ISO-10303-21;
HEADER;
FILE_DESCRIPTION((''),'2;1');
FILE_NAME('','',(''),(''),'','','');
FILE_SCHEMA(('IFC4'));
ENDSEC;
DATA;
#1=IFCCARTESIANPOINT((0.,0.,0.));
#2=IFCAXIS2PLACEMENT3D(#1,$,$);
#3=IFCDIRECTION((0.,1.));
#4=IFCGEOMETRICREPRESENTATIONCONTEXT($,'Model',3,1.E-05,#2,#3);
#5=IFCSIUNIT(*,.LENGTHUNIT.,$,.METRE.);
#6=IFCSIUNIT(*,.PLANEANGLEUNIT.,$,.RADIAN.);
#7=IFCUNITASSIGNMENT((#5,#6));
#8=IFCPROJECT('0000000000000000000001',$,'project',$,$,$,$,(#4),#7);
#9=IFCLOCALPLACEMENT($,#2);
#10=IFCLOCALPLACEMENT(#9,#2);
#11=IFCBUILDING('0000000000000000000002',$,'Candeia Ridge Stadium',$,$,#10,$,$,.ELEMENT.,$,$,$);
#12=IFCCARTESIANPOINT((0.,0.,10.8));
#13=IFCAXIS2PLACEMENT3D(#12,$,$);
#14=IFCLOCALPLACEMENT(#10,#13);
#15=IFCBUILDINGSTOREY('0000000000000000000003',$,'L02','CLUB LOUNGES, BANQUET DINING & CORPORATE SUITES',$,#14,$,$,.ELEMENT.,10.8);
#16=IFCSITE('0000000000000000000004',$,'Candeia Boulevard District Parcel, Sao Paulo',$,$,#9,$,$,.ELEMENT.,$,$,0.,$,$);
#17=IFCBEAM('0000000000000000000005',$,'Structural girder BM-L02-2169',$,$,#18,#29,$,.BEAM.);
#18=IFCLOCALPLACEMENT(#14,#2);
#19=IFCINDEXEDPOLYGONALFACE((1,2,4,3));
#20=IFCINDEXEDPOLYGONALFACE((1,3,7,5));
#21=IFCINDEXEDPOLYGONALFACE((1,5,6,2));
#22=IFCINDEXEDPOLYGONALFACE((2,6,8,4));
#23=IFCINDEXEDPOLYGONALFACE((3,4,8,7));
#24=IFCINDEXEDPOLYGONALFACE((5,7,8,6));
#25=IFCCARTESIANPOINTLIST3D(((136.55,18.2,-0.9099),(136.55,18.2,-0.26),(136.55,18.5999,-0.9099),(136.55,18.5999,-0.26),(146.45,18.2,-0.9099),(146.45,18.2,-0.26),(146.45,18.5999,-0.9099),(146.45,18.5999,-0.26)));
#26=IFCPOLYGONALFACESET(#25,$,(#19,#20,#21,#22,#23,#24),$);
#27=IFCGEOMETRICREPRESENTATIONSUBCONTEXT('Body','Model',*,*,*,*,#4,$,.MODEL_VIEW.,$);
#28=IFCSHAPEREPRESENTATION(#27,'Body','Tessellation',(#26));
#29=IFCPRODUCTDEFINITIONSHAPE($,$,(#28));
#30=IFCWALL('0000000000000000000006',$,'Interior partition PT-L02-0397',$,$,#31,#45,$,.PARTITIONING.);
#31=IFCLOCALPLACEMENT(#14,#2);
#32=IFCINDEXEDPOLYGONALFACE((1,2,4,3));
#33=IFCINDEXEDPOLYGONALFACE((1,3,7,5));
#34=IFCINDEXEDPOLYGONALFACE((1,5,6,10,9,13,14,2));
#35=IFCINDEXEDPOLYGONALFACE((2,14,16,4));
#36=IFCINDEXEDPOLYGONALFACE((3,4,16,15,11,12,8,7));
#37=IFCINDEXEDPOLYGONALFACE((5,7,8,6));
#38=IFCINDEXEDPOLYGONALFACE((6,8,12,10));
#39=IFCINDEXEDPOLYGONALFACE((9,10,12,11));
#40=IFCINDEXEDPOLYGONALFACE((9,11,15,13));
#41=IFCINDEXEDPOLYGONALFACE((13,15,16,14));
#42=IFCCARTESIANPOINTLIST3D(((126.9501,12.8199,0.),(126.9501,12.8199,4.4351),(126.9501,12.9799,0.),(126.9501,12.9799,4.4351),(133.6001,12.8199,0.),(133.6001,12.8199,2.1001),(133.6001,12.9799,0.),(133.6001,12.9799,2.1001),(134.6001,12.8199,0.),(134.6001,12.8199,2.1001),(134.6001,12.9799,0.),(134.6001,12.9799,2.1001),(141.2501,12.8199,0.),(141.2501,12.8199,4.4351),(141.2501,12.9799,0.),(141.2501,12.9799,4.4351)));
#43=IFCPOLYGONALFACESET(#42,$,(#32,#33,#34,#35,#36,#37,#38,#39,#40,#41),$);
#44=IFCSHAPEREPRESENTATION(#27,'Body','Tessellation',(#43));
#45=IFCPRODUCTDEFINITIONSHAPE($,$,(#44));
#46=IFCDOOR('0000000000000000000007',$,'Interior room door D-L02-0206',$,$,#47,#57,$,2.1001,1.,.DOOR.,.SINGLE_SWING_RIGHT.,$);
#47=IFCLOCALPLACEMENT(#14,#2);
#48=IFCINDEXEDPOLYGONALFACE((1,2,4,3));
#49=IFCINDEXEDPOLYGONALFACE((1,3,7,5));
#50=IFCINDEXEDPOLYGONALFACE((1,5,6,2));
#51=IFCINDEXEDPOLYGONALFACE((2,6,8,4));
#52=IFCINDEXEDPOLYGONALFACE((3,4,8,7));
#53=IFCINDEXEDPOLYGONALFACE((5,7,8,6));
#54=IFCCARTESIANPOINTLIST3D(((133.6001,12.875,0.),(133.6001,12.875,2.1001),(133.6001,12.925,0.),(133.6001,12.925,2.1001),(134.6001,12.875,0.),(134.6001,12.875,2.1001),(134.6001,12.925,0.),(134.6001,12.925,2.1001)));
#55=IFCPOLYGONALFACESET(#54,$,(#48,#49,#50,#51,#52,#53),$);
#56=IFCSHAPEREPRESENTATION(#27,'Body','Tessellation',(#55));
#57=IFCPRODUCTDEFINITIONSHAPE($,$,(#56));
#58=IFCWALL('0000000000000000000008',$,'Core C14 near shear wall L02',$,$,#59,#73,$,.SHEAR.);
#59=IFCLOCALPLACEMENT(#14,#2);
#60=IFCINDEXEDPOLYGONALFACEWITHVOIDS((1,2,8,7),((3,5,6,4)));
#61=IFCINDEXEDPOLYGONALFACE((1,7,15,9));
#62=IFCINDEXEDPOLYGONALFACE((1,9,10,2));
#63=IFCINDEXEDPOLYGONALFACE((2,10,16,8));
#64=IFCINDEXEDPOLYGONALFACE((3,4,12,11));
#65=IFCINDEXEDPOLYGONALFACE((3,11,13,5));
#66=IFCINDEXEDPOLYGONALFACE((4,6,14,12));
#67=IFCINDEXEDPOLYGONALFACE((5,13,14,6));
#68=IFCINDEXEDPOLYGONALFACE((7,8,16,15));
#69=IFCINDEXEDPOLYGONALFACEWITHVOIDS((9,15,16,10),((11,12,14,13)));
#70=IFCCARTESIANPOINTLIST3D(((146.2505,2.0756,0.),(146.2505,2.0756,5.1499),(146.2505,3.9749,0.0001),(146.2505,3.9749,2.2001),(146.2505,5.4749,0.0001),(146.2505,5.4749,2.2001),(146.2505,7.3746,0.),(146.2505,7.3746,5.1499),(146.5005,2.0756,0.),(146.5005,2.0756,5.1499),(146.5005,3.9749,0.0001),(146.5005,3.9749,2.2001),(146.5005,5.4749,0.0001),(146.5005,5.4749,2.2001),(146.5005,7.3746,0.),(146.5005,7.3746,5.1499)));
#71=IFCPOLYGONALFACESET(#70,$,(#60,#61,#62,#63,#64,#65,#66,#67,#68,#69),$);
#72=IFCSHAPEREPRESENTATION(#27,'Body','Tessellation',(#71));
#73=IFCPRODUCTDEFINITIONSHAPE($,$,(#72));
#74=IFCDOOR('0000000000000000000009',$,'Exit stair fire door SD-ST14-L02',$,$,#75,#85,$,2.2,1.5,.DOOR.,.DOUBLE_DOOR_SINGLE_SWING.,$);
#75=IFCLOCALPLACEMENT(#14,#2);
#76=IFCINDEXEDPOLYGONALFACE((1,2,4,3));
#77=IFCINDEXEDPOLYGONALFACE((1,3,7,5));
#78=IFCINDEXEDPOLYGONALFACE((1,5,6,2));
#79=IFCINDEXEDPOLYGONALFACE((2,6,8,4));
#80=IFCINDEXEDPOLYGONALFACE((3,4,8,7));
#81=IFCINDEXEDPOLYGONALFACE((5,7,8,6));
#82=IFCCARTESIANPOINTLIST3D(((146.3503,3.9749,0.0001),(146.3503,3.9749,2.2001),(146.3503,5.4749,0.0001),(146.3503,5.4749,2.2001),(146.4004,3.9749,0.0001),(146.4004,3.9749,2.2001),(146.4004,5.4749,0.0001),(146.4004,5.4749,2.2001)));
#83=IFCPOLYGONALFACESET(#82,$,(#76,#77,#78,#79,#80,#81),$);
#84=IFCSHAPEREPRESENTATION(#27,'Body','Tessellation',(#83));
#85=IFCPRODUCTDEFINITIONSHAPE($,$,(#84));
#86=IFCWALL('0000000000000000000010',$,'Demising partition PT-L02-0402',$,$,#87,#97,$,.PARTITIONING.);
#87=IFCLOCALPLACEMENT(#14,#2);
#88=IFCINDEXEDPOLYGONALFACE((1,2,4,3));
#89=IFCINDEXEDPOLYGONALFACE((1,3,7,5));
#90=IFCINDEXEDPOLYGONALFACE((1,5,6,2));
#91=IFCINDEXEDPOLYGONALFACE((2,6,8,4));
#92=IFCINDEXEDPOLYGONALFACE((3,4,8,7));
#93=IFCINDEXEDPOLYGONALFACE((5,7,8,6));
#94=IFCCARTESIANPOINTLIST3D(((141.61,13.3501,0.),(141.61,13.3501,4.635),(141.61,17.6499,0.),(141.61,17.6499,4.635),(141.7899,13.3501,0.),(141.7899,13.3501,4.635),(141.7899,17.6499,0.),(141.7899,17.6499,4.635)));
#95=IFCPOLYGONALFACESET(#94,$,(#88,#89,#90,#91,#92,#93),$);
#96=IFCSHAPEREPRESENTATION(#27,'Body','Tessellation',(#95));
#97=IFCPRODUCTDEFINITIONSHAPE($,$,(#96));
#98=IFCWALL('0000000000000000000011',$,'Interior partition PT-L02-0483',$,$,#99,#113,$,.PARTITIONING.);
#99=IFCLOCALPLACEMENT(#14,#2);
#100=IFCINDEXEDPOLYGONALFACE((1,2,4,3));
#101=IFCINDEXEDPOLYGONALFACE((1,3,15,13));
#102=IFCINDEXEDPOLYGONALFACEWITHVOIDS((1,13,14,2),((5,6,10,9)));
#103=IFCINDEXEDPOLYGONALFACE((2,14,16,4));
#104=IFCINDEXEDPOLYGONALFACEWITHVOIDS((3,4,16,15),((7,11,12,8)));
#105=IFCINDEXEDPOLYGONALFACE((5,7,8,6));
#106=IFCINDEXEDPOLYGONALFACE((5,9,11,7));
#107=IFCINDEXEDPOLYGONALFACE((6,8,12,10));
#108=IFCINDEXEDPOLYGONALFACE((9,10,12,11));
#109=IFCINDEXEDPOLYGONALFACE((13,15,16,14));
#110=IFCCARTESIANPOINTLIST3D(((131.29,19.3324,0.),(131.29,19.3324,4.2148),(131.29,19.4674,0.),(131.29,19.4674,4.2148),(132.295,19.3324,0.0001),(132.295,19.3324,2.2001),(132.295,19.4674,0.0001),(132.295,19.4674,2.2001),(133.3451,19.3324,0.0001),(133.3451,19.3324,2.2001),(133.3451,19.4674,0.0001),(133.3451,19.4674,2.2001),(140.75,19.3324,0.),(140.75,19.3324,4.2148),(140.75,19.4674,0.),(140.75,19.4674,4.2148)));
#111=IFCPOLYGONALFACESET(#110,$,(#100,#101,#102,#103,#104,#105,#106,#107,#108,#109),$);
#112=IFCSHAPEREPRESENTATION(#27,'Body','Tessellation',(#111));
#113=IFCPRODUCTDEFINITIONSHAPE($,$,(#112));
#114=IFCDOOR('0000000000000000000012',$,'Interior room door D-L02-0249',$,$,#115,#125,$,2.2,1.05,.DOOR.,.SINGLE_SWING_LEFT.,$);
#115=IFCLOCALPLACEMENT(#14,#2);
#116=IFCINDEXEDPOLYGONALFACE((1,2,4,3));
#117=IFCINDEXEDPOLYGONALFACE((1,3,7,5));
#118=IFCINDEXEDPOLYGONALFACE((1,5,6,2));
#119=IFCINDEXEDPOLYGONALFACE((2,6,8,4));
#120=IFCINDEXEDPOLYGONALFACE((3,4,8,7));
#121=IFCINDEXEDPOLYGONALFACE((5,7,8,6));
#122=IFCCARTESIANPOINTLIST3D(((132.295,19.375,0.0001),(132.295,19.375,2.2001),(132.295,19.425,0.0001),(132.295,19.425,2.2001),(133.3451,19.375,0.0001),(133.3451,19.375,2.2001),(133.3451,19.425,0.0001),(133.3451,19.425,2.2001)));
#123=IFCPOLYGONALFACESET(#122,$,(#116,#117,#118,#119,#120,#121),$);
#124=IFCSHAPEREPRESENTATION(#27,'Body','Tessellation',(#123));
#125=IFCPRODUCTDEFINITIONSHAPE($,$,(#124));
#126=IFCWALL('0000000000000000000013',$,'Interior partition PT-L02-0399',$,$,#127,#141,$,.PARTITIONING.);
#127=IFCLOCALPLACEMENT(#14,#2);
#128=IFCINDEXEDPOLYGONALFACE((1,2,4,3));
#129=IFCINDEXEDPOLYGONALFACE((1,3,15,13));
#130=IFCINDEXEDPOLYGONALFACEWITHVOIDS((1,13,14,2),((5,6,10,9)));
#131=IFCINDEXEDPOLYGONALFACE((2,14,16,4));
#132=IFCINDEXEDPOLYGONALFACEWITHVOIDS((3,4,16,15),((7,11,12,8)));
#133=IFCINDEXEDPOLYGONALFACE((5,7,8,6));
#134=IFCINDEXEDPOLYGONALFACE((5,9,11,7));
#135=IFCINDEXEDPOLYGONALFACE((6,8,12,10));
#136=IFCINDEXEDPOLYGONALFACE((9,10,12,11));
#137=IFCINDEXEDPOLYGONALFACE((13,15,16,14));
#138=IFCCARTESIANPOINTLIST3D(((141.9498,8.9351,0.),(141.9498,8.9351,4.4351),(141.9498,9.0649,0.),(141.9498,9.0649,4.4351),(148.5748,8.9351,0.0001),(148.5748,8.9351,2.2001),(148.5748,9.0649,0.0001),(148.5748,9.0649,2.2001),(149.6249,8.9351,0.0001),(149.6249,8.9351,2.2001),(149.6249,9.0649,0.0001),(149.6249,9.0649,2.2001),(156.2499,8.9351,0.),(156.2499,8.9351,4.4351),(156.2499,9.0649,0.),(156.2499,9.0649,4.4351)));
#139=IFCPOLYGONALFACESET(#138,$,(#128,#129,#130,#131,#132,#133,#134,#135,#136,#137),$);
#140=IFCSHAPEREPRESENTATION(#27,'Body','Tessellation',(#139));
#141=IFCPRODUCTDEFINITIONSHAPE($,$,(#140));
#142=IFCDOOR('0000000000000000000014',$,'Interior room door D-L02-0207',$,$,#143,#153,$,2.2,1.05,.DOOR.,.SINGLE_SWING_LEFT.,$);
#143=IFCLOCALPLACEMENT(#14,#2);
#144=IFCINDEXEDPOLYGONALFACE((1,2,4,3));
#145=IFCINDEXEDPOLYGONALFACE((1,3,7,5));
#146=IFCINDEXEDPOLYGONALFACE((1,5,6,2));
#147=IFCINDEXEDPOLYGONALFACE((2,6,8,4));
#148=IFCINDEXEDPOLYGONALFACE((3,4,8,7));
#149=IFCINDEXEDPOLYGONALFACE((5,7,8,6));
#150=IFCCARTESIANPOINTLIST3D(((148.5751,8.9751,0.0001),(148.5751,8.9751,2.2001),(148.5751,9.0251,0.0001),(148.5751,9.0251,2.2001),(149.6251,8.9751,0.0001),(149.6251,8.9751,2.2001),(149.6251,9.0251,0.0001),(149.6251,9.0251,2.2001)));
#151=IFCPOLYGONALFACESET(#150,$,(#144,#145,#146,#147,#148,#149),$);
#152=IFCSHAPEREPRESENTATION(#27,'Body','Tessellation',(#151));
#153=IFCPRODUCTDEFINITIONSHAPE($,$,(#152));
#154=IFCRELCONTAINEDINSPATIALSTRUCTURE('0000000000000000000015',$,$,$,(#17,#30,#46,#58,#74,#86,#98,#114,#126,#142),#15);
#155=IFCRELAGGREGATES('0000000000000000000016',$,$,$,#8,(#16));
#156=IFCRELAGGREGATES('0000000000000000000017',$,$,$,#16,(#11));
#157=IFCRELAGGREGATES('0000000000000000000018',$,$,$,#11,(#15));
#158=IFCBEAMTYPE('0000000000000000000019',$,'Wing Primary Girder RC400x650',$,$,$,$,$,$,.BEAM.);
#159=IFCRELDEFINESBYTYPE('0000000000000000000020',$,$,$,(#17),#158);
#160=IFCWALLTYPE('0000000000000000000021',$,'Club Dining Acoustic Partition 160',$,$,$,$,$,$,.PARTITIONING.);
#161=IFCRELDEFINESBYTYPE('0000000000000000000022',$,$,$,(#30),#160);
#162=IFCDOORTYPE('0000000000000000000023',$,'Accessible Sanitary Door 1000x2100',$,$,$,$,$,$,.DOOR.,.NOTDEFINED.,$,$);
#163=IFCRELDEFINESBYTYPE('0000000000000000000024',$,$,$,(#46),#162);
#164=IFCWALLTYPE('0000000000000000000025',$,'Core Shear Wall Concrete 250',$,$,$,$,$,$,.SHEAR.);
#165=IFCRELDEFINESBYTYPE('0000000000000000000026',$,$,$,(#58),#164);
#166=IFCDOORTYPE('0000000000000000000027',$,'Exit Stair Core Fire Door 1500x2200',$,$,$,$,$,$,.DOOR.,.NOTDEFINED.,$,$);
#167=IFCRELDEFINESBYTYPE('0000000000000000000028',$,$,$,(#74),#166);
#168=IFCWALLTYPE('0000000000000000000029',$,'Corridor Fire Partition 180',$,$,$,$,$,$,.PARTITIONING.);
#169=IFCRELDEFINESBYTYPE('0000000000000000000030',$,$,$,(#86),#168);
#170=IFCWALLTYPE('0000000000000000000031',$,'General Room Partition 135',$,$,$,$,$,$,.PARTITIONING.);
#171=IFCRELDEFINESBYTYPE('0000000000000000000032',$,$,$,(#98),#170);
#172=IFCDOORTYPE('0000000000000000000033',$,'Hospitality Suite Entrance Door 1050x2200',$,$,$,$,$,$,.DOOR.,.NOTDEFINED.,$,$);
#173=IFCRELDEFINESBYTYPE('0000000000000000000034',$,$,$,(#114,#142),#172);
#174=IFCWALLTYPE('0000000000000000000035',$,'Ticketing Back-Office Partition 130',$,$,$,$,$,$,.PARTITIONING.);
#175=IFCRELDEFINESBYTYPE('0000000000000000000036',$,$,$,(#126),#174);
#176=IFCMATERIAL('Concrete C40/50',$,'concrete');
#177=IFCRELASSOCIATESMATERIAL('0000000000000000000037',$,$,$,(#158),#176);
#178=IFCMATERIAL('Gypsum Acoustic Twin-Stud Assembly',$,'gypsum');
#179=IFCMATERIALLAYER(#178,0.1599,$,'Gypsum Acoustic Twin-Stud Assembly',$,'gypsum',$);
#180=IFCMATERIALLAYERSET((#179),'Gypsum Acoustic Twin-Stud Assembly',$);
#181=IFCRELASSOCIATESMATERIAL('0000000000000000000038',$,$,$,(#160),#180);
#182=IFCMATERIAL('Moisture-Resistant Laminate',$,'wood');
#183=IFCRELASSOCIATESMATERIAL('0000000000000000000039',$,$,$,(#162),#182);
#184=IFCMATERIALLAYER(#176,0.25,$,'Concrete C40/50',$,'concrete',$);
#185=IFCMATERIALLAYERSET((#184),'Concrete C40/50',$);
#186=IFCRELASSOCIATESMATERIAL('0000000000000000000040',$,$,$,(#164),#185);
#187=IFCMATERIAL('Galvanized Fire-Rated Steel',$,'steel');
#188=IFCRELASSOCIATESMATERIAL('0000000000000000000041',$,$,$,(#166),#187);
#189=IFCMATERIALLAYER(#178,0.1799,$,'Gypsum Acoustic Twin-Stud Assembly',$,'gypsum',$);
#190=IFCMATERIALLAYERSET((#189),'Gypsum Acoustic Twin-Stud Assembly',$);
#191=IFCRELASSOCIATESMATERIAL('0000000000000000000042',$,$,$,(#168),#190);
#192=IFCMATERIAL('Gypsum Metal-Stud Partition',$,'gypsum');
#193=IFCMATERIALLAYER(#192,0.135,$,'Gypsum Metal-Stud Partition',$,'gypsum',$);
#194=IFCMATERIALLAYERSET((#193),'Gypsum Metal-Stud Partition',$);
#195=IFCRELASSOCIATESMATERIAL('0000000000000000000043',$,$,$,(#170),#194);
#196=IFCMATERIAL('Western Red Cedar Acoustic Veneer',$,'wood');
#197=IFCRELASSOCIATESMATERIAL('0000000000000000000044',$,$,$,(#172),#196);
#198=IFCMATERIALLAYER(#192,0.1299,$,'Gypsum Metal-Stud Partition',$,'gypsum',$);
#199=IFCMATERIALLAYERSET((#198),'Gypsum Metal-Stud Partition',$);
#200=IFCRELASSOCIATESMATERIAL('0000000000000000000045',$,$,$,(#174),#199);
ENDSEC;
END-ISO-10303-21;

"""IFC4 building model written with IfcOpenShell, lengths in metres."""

from ifc_helpers import new_model, si_unit, direction, frame, frame_2d, origin, origin_2d, place, context, subcontext, project, spatial, rectangle, extrude, material, layer, layer_set, material_profile, profile_set, type_object, element, fill, save


model = new_model("IFC4")

# Units and contexts
model_context = context("Model", 3, precision=1e-05, world=origin(), true_north=direction((0.0, 1.0)))
body_context = subcontext(model_context, "Body", "Model", "MODEL_VIEW")
ifc_project = project(units=[si_unit("LENGTHUNIT", "METRE"), si_unit("PLANEANGLEUNIT", "RADIAN")], contexts=[model_context])

# Site, building, storey
site_placement = place(None, origin())
site = spatial("IfcSite", under=ifc_project, at=site_placement, Name="Candeia Boulevard District Parcel, Sao Paulo", CompositionType="ELEMENT", RefElevation=0.0)
building_placement = place(site_placement, origin())
building = spatial("IfcBuilding", under=site, at=building_placement, Name="Candeia Ridge Stadium", CompositionType="ELEMENT")
storey_placement = place(building_placement, frame((0.0, 0.0, 10.8)))
storey = spatial("IfcBuildingStorey", under=building, at=storey_placement, Name="L02", Description="CLUB LOUNGES, BANQUET DINING & CORPORATE SUITES", CompositionType="ELEMENT", Elevation=10.8)

# Shared definitions
ifc_material_1 = material(Name="Concrete C40/50", Category="concrete")

# Beam
ifc_material_profile_1 = material_profile(ifc_material_1, rectangle(XDim=0.3999, YDim=0.6499, at=origin_2d()), Name="RC400x650", Category="concrete")
ifc_profile_set_1 = profile_set([ifc_material_profile_1], Name="Concrete C40/50")
beam_type_1 = type_object("IfcBeamType", Name="Wing Primary Girder RC400x650", PredefinedType="BEAM", material=ifc_profile_set_1)
for number, where, z_axis, x_axis, name in (
    (1, (136.55, 18.3999, -0.585), (1.0, 0.0, 0.0), (0.0, 1.0, 0.0), "Structural girder BM-L02-2169"),
):
    element("IfcBeam", number, at=place(storey_placement, frame(where, z_axis=z_axis, x_axis=x_axis)), inside=storey, type_object=beam_type_1, Name=name, PredefinedType="BEAM", context=body_context, shape_type="SweptSolid", body=[
        extrude(rectangle(XDim=0.3999, YDim=0.6499, at=origin_2d()), origin(), (0.0, 0.0, 1.0), 9.8999),
    ])

# Walls, openings, doors
ifc_material_2 = material(Name="Gypsum Acoustic Twin-Stud Assembly", Category="gypsum")
ifc_layer_1 = layer(ifc_material_2, 0.1599, Name="Gypsum Acoustic Twin-Stud Assembly", Category="gypsum")
ifc_layer_set_1 = layer_set([ifc_layer_1], Name="Gypsum Acoustic Twin-Stud Assembly")
wall_type_1 = type_object("IfcWallType", Name="Club Dining Acoustic Partition 160", PredefinedType="PARTITIONING", material=ifc_layer_set_1)
wall_1_placement = place(storey_placement, frame((141.25, 12.8999, 0.0), z_axis=(0.0, 0.0, 1.0), x_axis=(-1.0, 0.0, 0.0)))
wall_1 = element("IfcWall", 2, at=wall_1_placement, inside=storey, type_object=wall_type_1, Name="Interior partition PT-L02-0397", PredefinedType="PARTITIONING", context=body_context, shape_type="SweptSolid", body=[
    extrude(rectangle(XDim=14.3, YDim=0.1599, at=frame_2d((7.1499, 0.0))), origin(), (0.0, 0.0, 1.0), 4.4351),
])
opening_1_placement = place(wall_1_placement, frame((6.6499, 0.0, 0.0)))
opening_1 = element("IfcOpeningElement", 3, at=opening_1_placement, cuts=wall_1, PredefinedType="OPENING", context=body_context, shape_type="SweptSolid", body=[
    extrude(rectangle(XDim=1.0, YDim=2.1001, at=frame_2d((0.5, 1.05))), frame((0.0, 0.0898, 0.0), z_axis=(0.0, -1.0, 0.0), x_axis=(1.0, 0.0, 0.0)), (0.0, 0.0, 1.0), 0.1799),
])
ifc_material_3 = material(Name="Moisture-Resistant Laminate", Category="wood")
door_type_1 = type_object("IfcDoorType", Name="Accessible Sanitary Door 1000x2100", OperationType="NOTDEFINED", PredefinedType="DOOR", material=ifc_material_3)
door_1_placement = place(opening_1_placement, origin())
door_1 = element("IfcDoor", 4, at=door_1_placement, inside=storey, type_object=door_type_1, Name="Interior room door D-L02-0206", OperationType="SINGLE_SWING_RIGHT", OverallHeight=2.1001, OverallWidth=1.0, PredefinedType="DOOR", context=body_context, shape_type="SweptSolid", body=[
    extrude(rectangle(XDim=1.0, YDim=2.1001, at=frame_2d((0.5, 1.05))), frame((0.0, 0.0249, 0.0), z_axis=(0.0, -1.0, 0.0), x_axis=(1.0, 0.0, 0.0)), (0.0, 0.0, 1.0), 0.05),
])
fill(opening_1, door_1)
ifc_layer_2 = layer(ifc_material_1, 0.25, Name="Concrete C40/50", Category="concrete")
ifc_layer_set_2 = layer_set([ifc_layer_2], Name="Concrete C40/50")
wall_type_2 = type_object("IfcWallType", Name="Core Shear Wall Concrete 250", PredefinedType="SHEAR", material=ifc_layer_set_2)
wall_2_placement = place(storey_placement, frame((146.3755, 7.3745, 0.0), z_axis=(0.0, 0.0, 1.0), x_axis=(0.0, -1.0, 0.0)))
wall_2 = element("IfcWall", 5, at=wall_2_placement, inside=storey, type_object=wall_type_2, Name="Core C14 near shear wall L02", PredefinedType="SHEAR", context=body_context, shape_type="SweptSolid", body=[
    extrude(rectangle(XDim=5.2991, YDim=0.25, at=frame_2d((2.6494, 0.0))), origin(), (0.0, 0.0, 1.0), 5.1499),
])
opening_2_placement = place(wall_2_placement, frame((1.8997, 0.0, 0.0)))
opening_2 = element("IfcOpeningElement", 6, at=opening_2_placement, cuts=wall_2, PredefinedType="OPENING", context=body_context, shape_type="SweptSolid", body=[
    extrude(rectangle(XDim=1.5, YDim=2.2, at=frame_2d((0.75, 1.1001))), frame((0.0, 0.135, 0.0), z_axis=(0.0, -1.0, 0.0), x_axis=(1.0, 0.0, 0.0)), (0.0, 0.0, 1.0), 0.27),
])
ifc_material_4 = material(Name="Galvanized Fire-Rated Steel", Category="steel")
door_type_2 = type_object("IfcDoorType", Name="Exit Stair Core Fire Door 1500x2200", OperationType="NOTDEFINED", PredefinedType="DOOR", material=ifc_material_4)
door_2_placement = place(opening_2_placement, origin())
door_2 = element("IfcDoor", 7, at=door_2_placement, inside=storey, type_object=door_type_2, Name="Exit stair fire door SD-ST14-L02", OperationType="DOUBLE_DOOR_SINGLE_SWING", OverallHeight=2.2, OverallWidth=1.5, PredefinedType="DOOR", context=body_context, shape_type="SweptSolid", body=[
    extrude(rectangle(XDim=1.5, YDim=2.2, at=frame_2d((0.75, 1.1001))), frame((0.0, 0.0249, 0.0), z_axis=(0.0, -1.0, 0.0), x_axis=(1.0, 0.0, 0.0)), (0.0, 0.0, 1.0), 0.05),
])
fill(opening_2, door_2)

# Wall
ifc_layer_3 = layer(ifc_material_2, 0.1799, Name="Gypsum Acoustic Twin-Stud Assembly", Category="gypsum")
ifc_layer_set_3 = layer_set([ifc_layer_3], Name="Gypsum Acoustic Twin-Stud Assembly")
wall_type_3 = type_object("IfcWallType", Name="Corridor Fire Partition 180", PredefinedType="PARTITIONING", material=ifc_layer_set_3)
wall_3_placement = place(storey_placement, frame((141.7, 13.3501, 0.0), z_axis=(0.0, 0.0, 1.0), x_axis=(0.0, 1.0, 0.0)))
element("IfcWall", 8, at=wall_3_placement, inside=storey, type_object=wall_type_3, Name="Demising partition PT-L02-0402", PredefinedType="PARTITIONING", context=body_context, shape_type="SweptSolid", body=[
    extrude(rectangle(XDim=4.2998, YDim=0.1799, at=frame_2d((2.1499, 0.0))), origin(), (0.0, 0.0, 1.0), 4.635),
])

# Walls, openings, doors
ifc_material_5 = material(Name="Gypsum Metal-Stud Partition", Category="gypsum")
ifc_layer_4 = layer(ifc_material_5, 0.135, Name="Gypsum Metal-Stud Partition", Category="gypsum")
ifc_layer_set_4 = layer_set([ifc_layer_4], Name="Gypsum Metal-Stud Partition")
wall_type_4 = type_object("IfcWallType", Name="General Room Partition 135", PredefinedType="PARTITIONING", material=ifc_layer_set_4)
wall_4_placement = place(storey_placement, frame((140.75, 19.3999, 0.0), z_axis=(0.0, 0.0, 1.0), x_axis=(-1.0, 0.0, 0.0)))
wall_4 = element("IfcWall", 9, at=wall_4_placement, inside=storey, type_object=wall_type_4, Name="Interior partition PT-L02-0483", PredefinedType="PARTITIONING", context=body_context, shape_type="SweptSolid", body=[
    extrude(rectangle(XDim=9.46, YDim=0.135, at=frame_2d((4.73, 0.0))), origin(), (0.0, 0.0, 1.0), 4.2148),
])
opening_3_placement = place(wall_4_placement, frame((7.405, 0.0, 0.0)))
opening_3 = element("IfcOpeningElement", 10, at=opening_3_placement, cuts=wall_4, PredefinedType="OPENING", context=body_context, shape_type="SweptSolid", body=[
    extrude(rectangle(XDim=1.05, YDim=2.2, at=frame_2d((0.5249, 1.1001))), frame((0.0, 0.0774, 0.0), z_axis=(0.0, -1.0, 0.0), x_axis=(1.0, 0.0, 0.0)), (0.0, 0.0, 1.0), 0.155),
])
ifc_material_6 = material(Name="Western Red Cedar Acoustic Veneer", Category="wood")
door_type_3 = type_object("IfcDoorType", Name="Hospitality Suite Entrance Door 1050x2200", OperationType="NOTDEFINED", PredefinedType="DOOR", material=ifc_material_6)
door_3_placement = place(opening_3_placement, origin())
door_3 = element("IfcDoor", 11, at=door_3_placement, inside=storey, type_object=door_type_3, Name="Interior room door D-L02-0249", OperationType="SINGLE_SWING_LEFT", OverallHeight=2.2, OverallWidth=1.05, PredefinedType="DOOR", context=body_context, shape_type="SweptSolid", body=[
    extrude(rectangle(XDim=1.05, YDim=2.2, at=frame_2d((0.5249, 1.1001))), frame((0.0, 0.0249, 0.0), z_axis=(0.0, -1.0, 0.0), x_axis=(1.0, 0.0, 0.0)), (0.0, 0.0, 1.0), 0.05),
])
fill(opening_3, door_3)
ifc_layer_5 = layer(ifc_material_5, 0.1299, Name="Gypsum Metal-Stud Partition", Category="gypsum")
ifc_layer_set_5 = layer_set([ifc_layer_5], Name="Gypsum Metal-Stud Partition")
wall_type_5 = type_object("IfcWallType", Name="Ticketing Back-Office Partition 130", PredefinedType="PARTITIONING", material=ifc_layer_set_5)
wall_5_placement = place(storey_placement, frame((141.95, 9.0, 0.0), z_axis=(0.0, 0.0, 1.0), x_axis=(1.0, 0.0, 0.0)))
wall_5 = element("IfcWall", 12, at=wall_5_placement, inside=storey, type_object=wall_type_5, Name="Interior partition PT-L02-0399", PredefinedType="PARTITIONING", context=body_context, shape_type="SweptSolid", body=[
    extrude(rectangle(XDim=14.3, YDim=0.1299, at=frame_2d((7.1499, 0.0))), origin(), (0.0, 0.0, 1.0), 4.4351),
])
opening_4_placement = place(wall_5_placement, frame((6.625, 0.0, 0.0)))
opening_4 = element("IfcOpeningElement", 13, at=opening_4_placement, cuts=wall_5, PredefinedType="OPENING", context=body_context, shape_type="SweptSolid", body=[
    extrude(rectangle(XDim=1.05, YDim=2.2, at=frame_2d((0.5249, 1.1001))), frame((0.0, 0.075, 0.0), z_axis=(0.0, -1.0, 0.0), x_axis=(1.0, 0.0, 0.0)), (0.0, 0.0, 1.0), 0.1499),
])
door_4_placement = place(opening_4_placement, frame((1.05, 0.0, 0.0), z_axis=(0.0, 0.0, 1.0), x_axis=(-1.0, 0.0, 0.0)))
door_4 = element("IfcDoor", 14, at=door_4_placement, inside=storey, type_object=door_type_3, Name="Interior room door D-L02-0207", OperationType="SINGLE_SWING_LEFT", OverallHeight=2.2, OverallWidth=1.05, PredefinedType="DOOR", context=body_context, shape_type="SweptSolid", body=[
    extrude(rectangle(XDim=1.05, YDim=2.2, at=frame_2d((0.5249, 1.1001))), frame((0.0, 0.0249, 0.0), z_axis=(0.0, -1.0, 0.0), x_axis=(1.0, 0.0, 0.0)), (0.0, 0.0, 1.0), 0.05),
])
fill(opening_4, door_4)

save(model, "model.ifc")
